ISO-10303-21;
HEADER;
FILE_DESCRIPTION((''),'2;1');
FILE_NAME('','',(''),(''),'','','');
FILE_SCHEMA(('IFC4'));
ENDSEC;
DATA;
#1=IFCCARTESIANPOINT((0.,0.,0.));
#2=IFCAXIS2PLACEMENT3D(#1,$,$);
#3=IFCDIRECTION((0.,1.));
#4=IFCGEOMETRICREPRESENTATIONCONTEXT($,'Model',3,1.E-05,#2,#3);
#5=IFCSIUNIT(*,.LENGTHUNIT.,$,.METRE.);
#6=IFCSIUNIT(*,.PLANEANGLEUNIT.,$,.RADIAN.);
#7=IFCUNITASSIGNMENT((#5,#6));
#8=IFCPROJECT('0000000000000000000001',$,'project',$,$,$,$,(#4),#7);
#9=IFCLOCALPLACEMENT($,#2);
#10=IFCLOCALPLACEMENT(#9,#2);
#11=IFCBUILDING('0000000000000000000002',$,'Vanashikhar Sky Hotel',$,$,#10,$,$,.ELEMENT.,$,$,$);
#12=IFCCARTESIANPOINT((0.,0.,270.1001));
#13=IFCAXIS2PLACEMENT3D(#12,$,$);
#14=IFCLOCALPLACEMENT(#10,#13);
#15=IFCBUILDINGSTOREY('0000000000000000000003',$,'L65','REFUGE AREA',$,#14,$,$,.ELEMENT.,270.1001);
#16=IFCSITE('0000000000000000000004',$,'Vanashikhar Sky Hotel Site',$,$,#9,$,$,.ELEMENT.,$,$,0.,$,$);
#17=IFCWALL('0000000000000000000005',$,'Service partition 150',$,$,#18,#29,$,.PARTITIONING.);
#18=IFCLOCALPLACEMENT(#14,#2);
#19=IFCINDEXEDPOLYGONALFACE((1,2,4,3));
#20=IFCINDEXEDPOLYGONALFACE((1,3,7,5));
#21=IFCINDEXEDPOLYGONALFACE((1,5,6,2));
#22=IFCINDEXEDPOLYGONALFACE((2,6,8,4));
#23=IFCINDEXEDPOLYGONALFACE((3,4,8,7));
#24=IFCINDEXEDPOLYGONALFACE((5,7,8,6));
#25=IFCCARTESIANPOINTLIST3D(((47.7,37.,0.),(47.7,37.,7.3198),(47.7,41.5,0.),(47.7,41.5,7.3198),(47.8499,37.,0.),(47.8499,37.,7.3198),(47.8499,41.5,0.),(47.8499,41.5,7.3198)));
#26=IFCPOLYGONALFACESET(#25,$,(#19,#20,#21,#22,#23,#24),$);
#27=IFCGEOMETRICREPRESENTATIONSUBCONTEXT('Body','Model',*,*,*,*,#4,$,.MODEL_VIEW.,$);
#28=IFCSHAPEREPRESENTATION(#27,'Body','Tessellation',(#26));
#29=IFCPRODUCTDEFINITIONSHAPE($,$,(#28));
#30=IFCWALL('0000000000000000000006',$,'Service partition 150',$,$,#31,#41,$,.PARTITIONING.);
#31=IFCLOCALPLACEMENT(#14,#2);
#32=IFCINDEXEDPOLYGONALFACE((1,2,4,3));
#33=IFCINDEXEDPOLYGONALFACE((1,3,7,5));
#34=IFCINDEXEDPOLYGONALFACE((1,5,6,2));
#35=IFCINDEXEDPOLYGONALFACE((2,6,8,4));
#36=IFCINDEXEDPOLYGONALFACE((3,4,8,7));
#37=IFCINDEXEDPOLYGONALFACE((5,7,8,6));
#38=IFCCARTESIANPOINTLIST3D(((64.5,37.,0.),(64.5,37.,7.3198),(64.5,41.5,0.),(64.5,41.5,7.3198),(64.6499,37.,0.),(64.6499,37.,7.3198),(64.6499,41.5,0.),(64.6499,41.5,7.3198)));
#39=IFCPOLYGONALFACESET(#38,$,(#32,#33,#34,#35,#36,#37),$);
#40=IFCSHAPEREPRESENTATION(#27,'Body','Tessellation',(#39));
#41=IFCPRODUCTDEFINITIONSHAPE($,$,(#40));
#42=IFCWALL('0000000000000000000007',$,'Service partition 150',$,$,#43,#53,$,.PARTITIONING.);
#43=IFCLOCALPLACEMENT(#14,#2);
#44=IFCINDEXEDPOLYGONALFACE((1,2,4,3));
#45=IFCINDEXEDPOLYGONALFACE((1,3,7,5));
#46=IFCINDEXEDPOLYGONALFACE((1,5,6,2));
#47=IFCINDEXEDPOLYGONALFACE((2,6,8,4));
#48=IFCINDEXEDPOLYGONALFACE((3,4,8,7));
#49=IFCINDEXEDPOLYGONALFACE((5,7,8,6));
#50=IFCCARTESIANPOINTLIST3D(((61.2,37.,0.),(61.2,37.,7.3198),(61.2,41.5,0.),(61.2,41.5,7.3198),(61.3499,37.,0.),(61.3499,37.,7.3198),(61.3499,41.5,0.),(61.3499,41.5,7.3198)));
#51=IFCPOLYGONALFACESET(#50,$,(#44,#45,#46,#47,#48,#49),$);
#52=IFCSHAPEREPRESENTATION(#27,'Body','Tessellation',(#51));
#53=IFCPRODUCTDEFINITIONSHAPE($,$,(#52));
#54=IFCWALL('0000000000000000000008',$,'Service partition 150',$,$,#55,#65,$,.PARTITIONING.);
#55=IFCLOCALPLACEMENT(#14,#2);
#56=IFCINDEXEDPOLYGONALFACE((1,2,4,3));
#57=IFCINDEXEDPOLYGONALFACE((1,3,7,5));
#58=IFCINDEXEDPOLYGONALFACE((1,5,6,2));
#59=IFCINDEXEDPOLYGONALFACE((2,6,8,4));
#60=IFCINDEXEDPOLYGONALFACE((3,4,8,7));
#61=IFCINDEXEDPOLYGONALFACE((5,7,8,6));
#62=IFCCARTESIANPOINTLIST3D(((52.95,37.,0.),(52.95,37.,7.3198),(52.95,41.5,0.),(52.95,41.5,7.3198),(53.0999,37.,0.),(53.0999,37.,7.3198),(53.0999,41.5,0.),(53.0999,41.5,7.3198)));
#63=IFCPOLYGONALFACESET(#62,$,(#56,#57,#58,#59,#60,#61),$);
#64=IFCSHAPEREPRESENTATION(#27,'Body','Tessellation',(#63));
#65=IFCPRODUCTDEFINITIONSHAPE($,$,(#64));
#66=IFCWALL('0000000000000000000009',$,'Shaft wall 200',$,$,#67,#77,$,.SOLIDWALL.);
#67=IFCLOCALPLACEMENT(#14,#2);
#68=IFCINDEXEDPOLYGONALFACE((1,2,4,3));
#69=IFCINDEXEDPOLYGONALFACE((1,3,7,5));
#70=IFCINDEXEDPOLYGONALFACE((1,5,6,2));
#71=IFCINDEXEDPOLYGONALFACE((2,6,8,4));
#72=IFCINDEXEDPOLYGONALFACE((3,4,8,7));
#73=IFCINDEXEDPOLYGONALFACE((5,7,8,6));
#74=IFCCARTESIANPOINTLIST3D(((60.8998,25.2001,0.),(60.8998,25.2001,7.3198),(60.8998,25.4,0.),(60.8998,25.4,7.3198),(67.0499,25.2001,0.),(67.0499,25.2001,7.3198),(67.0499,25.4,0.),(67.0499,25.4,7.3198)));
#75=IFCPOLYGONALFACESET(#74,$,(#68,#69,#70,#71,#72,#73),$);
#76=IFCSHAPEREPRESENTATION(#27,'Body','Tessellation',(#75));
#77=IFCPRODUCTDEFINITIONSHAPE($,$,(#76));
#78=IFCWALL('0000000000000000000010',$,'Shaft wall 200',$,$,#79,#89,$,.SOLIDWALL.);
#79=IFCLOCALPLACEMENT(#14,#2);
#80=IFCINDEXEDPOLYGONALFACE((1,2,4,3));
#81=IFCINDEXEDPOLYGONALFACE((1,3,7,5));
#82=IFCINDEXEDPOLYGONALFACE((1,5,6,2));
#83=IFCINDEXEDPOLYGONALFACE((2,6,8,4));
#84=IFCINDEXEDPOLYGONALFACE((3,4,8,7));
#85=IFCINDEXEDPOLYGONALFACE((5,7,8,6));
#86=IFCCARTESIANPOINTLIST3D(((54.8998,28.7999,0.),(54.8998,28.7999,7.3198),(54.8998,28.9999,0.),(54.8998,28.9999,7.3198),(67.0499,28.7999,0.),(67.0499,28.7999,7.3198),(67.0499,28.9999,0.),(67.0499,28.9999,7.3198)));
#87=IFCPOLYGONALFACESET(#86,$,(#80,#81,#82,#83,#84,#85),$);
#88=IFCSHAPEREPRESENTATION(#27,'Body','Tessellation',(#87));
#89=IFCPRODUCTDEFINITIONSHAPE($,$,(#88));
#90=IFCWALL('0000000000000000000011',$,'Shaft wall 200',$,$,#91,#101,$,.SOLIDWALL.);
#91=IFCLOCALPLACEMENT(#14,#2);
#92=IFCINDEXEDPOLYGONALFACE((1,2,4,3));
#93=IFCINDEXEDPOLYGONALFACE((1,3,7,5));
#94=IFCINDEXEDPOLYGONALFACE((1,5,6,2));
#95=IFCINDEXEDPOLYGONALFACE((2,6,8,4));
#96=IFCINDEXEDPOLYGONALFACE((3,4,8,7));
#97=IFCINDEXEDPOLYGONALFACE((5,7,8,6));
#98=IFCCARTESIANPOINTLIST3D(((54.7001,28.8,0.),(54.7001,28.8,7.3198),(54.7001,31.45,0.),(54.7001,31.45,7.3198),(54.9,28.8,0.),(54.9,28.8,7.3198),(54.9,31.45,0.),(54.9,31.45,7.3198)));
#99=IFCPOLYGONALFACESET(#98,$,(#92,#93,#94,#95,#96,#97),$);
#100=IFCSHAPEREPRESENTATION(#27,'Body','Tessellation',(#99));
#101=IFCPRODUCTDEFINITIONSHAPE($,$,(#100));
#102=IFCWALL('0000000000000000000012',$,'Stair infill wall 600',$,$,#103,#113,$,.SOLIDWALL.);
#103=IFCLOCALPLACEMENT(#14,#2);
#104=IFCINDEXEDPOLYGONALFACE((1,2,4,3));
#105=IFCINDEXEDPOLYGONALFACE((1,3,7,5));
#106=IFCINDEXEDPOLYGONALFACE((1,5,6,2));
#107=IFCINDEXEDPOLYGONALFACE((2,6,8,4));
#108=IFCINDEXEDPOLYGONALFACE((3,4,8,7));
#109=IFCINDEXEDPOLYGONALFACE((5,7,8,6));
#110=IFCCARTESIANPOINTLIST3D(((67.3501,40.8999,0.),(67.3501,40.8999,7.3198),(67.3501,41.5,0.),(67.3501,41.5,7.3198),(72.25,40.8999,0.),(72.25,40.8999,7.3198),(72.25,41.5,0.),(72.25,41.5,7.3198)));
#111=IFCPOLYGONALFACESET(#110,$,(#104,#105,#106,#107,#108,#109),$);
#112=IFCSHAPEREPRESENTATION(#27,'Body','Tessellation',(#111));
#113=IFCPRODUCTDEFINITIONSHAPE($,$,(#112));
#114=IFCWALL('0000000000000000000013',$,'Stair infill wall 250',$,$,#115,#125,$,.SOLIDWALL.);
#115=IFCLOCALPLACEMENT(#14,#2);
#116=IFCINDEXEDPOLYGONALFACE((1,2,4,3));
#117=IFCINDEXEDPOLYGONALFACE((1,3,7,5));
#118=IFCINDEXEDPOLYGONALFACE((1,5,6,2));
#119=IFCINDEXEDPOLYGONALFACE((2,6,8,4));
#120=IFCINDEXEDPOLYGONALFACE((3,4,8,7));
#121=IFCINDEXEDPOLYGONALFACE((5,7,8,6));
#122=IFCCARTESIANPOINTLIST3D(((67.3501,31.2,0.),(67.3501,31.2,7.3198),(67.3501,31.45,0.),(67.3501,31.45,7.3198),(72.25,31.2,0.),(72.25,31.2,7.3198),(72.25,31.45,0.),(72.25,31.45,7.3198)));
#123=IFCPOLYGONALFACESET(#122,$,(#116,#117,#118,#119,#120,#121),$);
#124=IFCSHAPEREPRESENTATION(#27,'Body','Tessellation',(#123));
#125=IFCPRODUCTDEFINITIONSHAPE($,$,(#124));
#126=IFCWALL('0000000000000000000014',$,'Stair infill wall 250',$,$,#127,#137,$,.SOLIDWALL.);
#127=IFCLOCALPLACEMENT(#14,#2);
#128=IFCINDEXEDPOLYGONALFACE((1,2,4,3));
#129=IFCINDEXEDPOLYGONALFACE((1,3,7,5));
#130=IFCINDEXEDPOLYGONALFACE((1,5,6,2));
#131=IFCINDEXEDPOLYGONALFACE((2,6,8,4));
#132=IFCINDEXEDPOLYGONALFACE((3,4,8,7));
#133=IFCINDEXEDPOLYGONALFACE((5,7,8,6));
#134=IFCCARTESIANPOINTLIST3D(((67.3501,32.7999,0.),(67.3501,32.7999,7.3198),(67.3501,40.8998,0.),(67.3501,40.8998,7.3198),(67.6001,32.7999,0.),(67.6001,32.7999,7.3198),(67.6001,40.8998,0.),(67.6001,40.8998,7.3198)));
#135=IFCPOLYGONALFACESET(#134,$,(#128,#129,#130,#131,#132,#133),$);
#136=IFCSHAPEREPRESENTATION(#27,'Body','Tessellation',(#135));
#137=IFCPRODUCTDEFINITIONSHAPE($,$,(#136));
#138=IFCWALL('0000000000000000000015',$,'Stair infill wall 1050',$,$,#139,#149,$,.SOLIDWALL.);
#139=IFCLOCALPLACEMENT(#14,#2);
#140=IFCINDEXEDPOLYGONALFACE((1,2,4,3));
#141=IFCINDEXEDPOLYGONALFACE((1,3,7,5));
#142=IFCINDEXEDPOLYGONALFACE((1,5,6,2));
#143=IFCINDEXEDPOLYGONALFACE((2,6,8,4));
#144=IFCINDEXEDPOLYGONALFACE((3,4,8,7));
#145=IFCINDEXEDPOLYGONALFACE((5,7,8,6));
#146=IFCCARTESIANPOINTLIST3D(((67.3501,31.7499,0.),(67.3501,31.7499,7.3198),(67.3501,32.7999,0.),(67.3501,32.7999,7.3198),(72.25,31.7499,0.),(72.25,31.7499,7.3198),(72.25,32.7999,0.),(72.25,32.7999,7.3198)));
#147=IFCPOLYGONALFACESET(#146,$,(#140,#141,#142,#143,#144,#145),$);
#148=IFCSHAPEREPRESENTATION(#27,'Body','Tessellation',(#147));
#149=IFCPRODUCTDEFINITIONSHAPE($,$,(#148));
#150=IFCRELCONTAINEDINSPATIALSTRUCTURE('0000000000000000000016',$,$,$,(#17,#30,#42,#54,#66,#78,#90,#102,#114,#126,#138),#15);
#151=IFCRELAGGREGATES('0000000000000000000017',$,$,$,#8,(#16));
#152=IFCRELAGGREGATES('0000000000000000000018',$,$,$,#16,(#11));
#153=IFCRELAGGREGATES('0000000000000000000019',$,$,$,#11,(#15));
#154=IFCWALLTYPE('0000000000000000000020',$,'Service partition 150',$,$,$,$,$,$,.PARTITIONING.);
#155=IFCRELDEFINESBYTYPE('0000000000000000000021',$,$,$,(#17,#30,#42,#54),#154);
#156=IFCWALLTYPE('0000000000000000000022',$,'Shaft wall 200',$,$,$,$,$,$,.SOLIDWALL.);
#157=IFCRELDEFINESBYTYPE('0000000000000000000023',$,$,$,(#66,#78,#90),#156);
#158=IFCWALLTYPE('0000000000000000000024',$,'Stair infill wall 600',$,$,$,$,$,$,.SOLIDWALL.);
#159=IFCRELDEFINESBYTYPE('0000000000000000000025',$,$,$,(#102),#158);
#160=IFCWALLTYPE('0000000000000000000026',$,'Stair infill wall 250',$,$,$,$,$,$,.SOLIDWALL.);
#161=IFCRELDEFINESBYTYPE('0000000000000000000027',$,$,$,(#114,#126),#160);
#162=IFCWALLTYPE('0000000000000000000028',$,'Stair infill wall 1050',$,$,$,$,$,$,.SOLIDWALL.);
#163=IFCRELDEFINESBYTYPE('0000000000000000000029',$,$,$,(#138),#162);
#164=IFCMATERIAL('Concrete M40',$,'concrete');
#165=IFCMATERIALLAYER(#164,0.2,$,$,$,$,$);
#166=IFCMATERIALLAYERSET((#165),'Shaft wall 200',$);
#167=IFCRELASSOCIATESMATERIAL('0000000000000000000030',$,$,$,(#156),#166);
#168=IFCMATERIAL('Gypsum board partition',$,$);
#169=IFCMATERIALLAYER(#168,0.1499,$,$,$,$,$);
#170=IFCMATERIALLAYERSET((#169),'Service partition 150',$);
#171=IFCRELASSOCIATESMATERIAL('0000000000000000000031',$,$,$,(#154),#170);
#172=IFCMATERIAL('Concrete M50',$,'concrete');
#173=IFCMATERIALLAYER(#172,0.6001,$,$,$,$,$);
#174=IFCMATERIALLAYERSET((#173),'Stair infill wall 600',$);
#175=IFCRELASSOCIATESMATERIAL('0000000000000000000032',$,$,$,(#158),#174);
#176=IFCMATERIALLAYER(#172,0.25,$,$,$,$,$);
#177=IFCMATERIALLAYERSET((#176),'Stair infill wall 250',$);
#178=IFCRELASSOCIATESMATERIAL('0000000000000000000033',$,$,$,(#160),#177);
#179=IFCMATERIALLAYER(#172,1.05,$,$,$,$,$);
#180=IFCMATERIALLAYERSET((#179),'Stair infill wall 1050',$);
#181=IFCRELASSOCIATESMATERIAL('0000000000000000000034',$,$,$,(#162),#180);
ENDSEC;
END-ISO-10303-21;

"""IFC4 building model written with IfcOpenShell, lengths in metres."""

from ifc_helpers import new_model, si_unit, direction, frame, frame_2d, origin, place, context, subcontext, project, spatial, rectangle, extrude, source, transform, mapped, material, layer, layer_set, type_object, element, save


model = new_model("IFC4")

# Units and contexts
model_context = context("Model", 3, precision=1e-05, world=origin(), true_north=direction((0.0, 1.0)))
body_context = subcontext(model_context, "Body", "Model", "MODEL_VIEW")
ifc_project = project(units=[si_unit("LENGTHUNIT", "METRE"), si_unit("PLANEANGLEUNIT", "RADIAN")], contexts=[model_context])

# Site, building, storey
site_placement = place(None, origin())
site = spatial("IfcSite", under=ifc_project, at=site_placement, Name="Vanashikhar Sky Hotel Site", CompositionType="ELEMENT", RefElevation=0.0)
building_placement = place(site_placement, origin())
building = spatial("IfcBuilding", under=site, at=building_placement, Name="Vanashikhar Sky Hotel", CompositionType="ELEMENT")
storey_placement = place(building_placement, frame((0.0, 0.0, 270.1001)))
storey = spatial("IfcBuildingStorey", under=building, at=storey_placement, Name="L65", Description="REFUGE AREA", CompositionType="ELEMENT", Elevation=270.1001)

# Shared definitions
ifc_material_1 = material(Name="Concrete M50", Category="concrete")

# Shared definitions
ifc_material_2 = material(Name="Concrete M40", Category="concrete")
ifc_layer_1 = layer(ifc_material_2, 0.2)
ifc_layer_set_1 = layer_set([ifc_layer_1], Name="Shaft wall 200")
wall_type_1 = type_object("IfcWallType", Name="Shaft wall 200", PredefinedType="SOLIDWALL", material=ifc_layer_set_1)
ifc_material_3 = material(Name="Gypsum board partition")
ifc_layer_2 = layer(ifc_material_3, 0.1499)
ifc_layer_set_2 = layer_set([ifc_layer_2], Name="Service partition 150")
wall_type_2 = type_object("IfcWallType", Name="Service partition 150", PredefinedType="PARTITIONING", material=ifc_layer_set_2)

# Walls
shared_shape_1 = source(origin(), body_context, "Body", "SweptSolid", [
    extrude(rectangle(XDim=4.5, YDim=0.1499, at=frame_2d((2.25, 0.0))), origin(), (0.0, 0.0, 1.0), 7.3198),
])
for number, where, z_axis, x_axis, name in (
    (1, (47.7749, 37.0, 0.0), (0.0, 0.0, 1.0), (0.0, 1.0, 0.0), "Service partition 150"),
    (2, (64.575, 37.0, 0.0), (0.0, 0.0, 1.0), (0.0, 1.0, 0.0), "Service partition 150"),
    (3, (61.2749, 37.0, 0.0), (0.0, 0.0, 1.0), (0.0, 1.0, 0.0), "Service partition 150"),
    (4, (53.0249, 37.0, 0.0), (0.0, 0.0, 1.0), (0.0, 1.0, 0.0), "Service partition 150"),
):
    element("IfcWall", number, at=place(storey_placement, frame(where, z_axis=z_axis, x_axis=x_axis)), inside=storey, type_object=wall_type_2, Name=name, PredefinedType="PARTITIONING", context=body_context, shape_type="MappedRepresentation", body=[
        mapped(shared_shape_1, transform((0.0, 0.0, 0.0), scale=1.0)),
    ])
shared_shape_2 = source(origin(), body_context, "Body", "SweptSolid", [
    extrude(rectangle(XDim=6.1501, YDim=0.2, at=frame_2d((3.0752, 0.0))), origin(), (0.0, 0.0, 1.0), 7.3198),
])
wall_1_placement = place(storey_placement, frame((67.05, 25.3, 0.0), z_axis=(0.0, 0.0, 1.0), x_axis=(-1.0, 0.0, 0.0)))
element("IfcWall", 5, at=wall_1_placement, inside=storey, type_object=wall_type_1, Name="Shaft wall 200", PredefinedType="SOLIDWALL", context=body_context, shape_type="MappedRepresentation", body=[
    mapped(shared_shape_2, transform((0.0, 0.0, 0.0), scale=1.0)),
])
shared_shape_3 = source(origin(), body_context, "Body", "SweptSolid", [
    extrude(rectangle(XDim=12.1501, YDim=0.2, at=frame_2d((6.0752, 0.0))), origin(), (0.0, 0.0, 1.0), 7.3198),
])
wall_2_placement = place(storey_placement, frame((67.05, 28.8999, 0.0), z_axis=(0.0, 0.0, 1.0), x_axis=(-1.0, 0.0, 0.0)))
element("IfcWall", 6, at=wall_2_placement, inside=storey, type_object=wall_type_1, Name="Shaft wall 200", PredefinedType="SOLIDWALL", context=body_context, shape_type="MappedRepresentation", body=[
    mapped(shared_shape_3, transform((0.0, 0.0, 0.0), scale=1.0)),
])
shared_shape_4 = source(origin(), body_context, "Body", "SweptSolid", [
    extrude(rectangle(XDim=2.6499, YDim=0.2, at=frame_2d((1.325, 0.0))), origin(), (0.0, 0.0, 1.0), 7.3198),
])
wall_3_placement = place(storey_placement, frame((54.8, 28.8, 0.0), z_axis=(0.0, 0.0, 1.0), x_axis=(0.0, 1.0, 0.0)))
element("IfcWall", 7, at=wall_3_placement, inside=storey, type_object=wall_type_1, Name="Shaft wall 200", PredefinedType="SOLIDWALL", context=body_context, shape_type="MappedRepresentation", body=[
    mapped(shared_shape_4, transform((0.0, 0.0, 0.0), scale=1.0)),
])
ifc_layer_3 = layer(ifc_material_1, 0.6001)
ifc_layer_set_3 = layer_set([ifc_layer_3], Name="Stair infill wall 600")
wall_type_3 = type_object("IfcWallType", Name="Stair infill wall 600", PredefinedType="SOLIDWALL", material=ifc_layer_set_3)
shared_shape_5 = source(origin(), body_context, "Body", "SweptSolid", [
    extrude(rectangle(XDim=4.8999, YDim=0.6001, at=frame_2d((2.45, 0.0))), origin(), (0.0, 0.0, 1.0), 7.3198),
])
wall_4_placement = place(storey_placement, frame((67.3501, 41.2, 0.0), z_axis=(0.0, 0.0, 1.0), x_axis=(1.0, 0.0, 0.0)))
element("IfcWall", 8, at=wall_4_placement, inside=storey, type_object=wall_type_3, Name="Stair infill wall 600", PredefinedType="SOLIDWALL", context=body_context, shape_type="MappedRepresentation", body=[
    mapped(shared_shape_5, transform((0.0, 0.0, 0.0), scale=1.0)),
])
ifc_layer_4 = layer(ifc_material_1, 0.25)
ifc_layer_set_4 = layer_set([ifc_layer_4], Name="Stair infill wall 250")
wall_type_4 = type_object("IfcWallType", Name="Stair infill wall 250", PredefinedType="SOLIDWALL", material=ifc_layer_set_4)
shared_shape_6 = source(origin(), body_context, "Body", "SweptSolid", [
    extrude(rectangle(XDim=4.8999, YDim=0.25, at=frame_2d((2.45, 0.0))), origin(), (0.0, 0.0, 1.0), 7.3198),
])
wall_5_placement = place(storey_placement, frame((67.3501, 31.325, 0.0), z_axis=(0.0, 0.0, 1.0), x_axis=(1.0, 0.0, 0.0)))
element("IfcWall", 9, at=wall_5_placement, inside=storey, type_object=wall_type_4, Name="Stair infill wall 250", PredefinedType="SOLIDWALL", context=body_context, shape_type="MappedRepresentation", body=[
    mapped(shared_shape_6, transform((0.0, 0.0, 0.0), scale=1.0)),
])
shared_shape_7 = source(origin(), body_context, "Body", "SweptSolid", [
    extrude(rectangle(XDim=8.0999, YDim=0.25, at=frame_2d((4.0498, 0.0))), origin(), (0.0, 0.0, 1.0), 7.3198),
])
wall_6_placement = place(storey_placement, frame((67.4751, 32.8, 0.0), z_axis=(0.0, 0.0, 1.0), x_axis=(0.0, 1.0, 0.0)))
element("IfcWall", 10, at=wall_6_placement, inside=storey, type_object=wall_type_4, Name="Stair infill wall 250", PredefinedType="SOLIDWALL", context=body_context, shape_type="MappedRepresentation", body=[
    mapped(shared_shape_7, transform((0.0, 0.0, 0.0), scale=1.0)),
])
ifc_layer_5 = layer(ifc_material_1, 1.05)
ifc_layer_set_5 = layer_set([ifc_layer_5], Name="Stair infill wall 1050")
wall_type_5 = type_object("IfcWallType", Name="Stair infill wall 1050", PredefinedType="SOLIDWALL", material=ifc_layer_set_5)
shared_shape_8 = source(origin(), body_context, "Body", "SweptSolid", [
    extrude(rectangle(XDim=4.8999, YDim=1.05, at=frame_2d((2.45, 0.0))), origin(), (0.0, 0.0, 1.0), 7.3198),
])
wall_7_placement = place(storey_placement, frame((67.3501, 32.2749, 0.0), z_axis=(0.0, 0.0, 1.0), x_axis=(1.0, 0.0, 0.0)))
element("IfcWall", 11, at=wall_7_placement, inside=storey, type_object=wall_type_5, Name="Stair infill wall 1050", PredefinedType="SOLIDWALL", context=body_context, shape_type="MappedRepresentation", body=[
    mapped(shared_shape_8, transform((0.0, 0.0, 0.0), scale=1.0)),
])

save(model, "model.ifc")
